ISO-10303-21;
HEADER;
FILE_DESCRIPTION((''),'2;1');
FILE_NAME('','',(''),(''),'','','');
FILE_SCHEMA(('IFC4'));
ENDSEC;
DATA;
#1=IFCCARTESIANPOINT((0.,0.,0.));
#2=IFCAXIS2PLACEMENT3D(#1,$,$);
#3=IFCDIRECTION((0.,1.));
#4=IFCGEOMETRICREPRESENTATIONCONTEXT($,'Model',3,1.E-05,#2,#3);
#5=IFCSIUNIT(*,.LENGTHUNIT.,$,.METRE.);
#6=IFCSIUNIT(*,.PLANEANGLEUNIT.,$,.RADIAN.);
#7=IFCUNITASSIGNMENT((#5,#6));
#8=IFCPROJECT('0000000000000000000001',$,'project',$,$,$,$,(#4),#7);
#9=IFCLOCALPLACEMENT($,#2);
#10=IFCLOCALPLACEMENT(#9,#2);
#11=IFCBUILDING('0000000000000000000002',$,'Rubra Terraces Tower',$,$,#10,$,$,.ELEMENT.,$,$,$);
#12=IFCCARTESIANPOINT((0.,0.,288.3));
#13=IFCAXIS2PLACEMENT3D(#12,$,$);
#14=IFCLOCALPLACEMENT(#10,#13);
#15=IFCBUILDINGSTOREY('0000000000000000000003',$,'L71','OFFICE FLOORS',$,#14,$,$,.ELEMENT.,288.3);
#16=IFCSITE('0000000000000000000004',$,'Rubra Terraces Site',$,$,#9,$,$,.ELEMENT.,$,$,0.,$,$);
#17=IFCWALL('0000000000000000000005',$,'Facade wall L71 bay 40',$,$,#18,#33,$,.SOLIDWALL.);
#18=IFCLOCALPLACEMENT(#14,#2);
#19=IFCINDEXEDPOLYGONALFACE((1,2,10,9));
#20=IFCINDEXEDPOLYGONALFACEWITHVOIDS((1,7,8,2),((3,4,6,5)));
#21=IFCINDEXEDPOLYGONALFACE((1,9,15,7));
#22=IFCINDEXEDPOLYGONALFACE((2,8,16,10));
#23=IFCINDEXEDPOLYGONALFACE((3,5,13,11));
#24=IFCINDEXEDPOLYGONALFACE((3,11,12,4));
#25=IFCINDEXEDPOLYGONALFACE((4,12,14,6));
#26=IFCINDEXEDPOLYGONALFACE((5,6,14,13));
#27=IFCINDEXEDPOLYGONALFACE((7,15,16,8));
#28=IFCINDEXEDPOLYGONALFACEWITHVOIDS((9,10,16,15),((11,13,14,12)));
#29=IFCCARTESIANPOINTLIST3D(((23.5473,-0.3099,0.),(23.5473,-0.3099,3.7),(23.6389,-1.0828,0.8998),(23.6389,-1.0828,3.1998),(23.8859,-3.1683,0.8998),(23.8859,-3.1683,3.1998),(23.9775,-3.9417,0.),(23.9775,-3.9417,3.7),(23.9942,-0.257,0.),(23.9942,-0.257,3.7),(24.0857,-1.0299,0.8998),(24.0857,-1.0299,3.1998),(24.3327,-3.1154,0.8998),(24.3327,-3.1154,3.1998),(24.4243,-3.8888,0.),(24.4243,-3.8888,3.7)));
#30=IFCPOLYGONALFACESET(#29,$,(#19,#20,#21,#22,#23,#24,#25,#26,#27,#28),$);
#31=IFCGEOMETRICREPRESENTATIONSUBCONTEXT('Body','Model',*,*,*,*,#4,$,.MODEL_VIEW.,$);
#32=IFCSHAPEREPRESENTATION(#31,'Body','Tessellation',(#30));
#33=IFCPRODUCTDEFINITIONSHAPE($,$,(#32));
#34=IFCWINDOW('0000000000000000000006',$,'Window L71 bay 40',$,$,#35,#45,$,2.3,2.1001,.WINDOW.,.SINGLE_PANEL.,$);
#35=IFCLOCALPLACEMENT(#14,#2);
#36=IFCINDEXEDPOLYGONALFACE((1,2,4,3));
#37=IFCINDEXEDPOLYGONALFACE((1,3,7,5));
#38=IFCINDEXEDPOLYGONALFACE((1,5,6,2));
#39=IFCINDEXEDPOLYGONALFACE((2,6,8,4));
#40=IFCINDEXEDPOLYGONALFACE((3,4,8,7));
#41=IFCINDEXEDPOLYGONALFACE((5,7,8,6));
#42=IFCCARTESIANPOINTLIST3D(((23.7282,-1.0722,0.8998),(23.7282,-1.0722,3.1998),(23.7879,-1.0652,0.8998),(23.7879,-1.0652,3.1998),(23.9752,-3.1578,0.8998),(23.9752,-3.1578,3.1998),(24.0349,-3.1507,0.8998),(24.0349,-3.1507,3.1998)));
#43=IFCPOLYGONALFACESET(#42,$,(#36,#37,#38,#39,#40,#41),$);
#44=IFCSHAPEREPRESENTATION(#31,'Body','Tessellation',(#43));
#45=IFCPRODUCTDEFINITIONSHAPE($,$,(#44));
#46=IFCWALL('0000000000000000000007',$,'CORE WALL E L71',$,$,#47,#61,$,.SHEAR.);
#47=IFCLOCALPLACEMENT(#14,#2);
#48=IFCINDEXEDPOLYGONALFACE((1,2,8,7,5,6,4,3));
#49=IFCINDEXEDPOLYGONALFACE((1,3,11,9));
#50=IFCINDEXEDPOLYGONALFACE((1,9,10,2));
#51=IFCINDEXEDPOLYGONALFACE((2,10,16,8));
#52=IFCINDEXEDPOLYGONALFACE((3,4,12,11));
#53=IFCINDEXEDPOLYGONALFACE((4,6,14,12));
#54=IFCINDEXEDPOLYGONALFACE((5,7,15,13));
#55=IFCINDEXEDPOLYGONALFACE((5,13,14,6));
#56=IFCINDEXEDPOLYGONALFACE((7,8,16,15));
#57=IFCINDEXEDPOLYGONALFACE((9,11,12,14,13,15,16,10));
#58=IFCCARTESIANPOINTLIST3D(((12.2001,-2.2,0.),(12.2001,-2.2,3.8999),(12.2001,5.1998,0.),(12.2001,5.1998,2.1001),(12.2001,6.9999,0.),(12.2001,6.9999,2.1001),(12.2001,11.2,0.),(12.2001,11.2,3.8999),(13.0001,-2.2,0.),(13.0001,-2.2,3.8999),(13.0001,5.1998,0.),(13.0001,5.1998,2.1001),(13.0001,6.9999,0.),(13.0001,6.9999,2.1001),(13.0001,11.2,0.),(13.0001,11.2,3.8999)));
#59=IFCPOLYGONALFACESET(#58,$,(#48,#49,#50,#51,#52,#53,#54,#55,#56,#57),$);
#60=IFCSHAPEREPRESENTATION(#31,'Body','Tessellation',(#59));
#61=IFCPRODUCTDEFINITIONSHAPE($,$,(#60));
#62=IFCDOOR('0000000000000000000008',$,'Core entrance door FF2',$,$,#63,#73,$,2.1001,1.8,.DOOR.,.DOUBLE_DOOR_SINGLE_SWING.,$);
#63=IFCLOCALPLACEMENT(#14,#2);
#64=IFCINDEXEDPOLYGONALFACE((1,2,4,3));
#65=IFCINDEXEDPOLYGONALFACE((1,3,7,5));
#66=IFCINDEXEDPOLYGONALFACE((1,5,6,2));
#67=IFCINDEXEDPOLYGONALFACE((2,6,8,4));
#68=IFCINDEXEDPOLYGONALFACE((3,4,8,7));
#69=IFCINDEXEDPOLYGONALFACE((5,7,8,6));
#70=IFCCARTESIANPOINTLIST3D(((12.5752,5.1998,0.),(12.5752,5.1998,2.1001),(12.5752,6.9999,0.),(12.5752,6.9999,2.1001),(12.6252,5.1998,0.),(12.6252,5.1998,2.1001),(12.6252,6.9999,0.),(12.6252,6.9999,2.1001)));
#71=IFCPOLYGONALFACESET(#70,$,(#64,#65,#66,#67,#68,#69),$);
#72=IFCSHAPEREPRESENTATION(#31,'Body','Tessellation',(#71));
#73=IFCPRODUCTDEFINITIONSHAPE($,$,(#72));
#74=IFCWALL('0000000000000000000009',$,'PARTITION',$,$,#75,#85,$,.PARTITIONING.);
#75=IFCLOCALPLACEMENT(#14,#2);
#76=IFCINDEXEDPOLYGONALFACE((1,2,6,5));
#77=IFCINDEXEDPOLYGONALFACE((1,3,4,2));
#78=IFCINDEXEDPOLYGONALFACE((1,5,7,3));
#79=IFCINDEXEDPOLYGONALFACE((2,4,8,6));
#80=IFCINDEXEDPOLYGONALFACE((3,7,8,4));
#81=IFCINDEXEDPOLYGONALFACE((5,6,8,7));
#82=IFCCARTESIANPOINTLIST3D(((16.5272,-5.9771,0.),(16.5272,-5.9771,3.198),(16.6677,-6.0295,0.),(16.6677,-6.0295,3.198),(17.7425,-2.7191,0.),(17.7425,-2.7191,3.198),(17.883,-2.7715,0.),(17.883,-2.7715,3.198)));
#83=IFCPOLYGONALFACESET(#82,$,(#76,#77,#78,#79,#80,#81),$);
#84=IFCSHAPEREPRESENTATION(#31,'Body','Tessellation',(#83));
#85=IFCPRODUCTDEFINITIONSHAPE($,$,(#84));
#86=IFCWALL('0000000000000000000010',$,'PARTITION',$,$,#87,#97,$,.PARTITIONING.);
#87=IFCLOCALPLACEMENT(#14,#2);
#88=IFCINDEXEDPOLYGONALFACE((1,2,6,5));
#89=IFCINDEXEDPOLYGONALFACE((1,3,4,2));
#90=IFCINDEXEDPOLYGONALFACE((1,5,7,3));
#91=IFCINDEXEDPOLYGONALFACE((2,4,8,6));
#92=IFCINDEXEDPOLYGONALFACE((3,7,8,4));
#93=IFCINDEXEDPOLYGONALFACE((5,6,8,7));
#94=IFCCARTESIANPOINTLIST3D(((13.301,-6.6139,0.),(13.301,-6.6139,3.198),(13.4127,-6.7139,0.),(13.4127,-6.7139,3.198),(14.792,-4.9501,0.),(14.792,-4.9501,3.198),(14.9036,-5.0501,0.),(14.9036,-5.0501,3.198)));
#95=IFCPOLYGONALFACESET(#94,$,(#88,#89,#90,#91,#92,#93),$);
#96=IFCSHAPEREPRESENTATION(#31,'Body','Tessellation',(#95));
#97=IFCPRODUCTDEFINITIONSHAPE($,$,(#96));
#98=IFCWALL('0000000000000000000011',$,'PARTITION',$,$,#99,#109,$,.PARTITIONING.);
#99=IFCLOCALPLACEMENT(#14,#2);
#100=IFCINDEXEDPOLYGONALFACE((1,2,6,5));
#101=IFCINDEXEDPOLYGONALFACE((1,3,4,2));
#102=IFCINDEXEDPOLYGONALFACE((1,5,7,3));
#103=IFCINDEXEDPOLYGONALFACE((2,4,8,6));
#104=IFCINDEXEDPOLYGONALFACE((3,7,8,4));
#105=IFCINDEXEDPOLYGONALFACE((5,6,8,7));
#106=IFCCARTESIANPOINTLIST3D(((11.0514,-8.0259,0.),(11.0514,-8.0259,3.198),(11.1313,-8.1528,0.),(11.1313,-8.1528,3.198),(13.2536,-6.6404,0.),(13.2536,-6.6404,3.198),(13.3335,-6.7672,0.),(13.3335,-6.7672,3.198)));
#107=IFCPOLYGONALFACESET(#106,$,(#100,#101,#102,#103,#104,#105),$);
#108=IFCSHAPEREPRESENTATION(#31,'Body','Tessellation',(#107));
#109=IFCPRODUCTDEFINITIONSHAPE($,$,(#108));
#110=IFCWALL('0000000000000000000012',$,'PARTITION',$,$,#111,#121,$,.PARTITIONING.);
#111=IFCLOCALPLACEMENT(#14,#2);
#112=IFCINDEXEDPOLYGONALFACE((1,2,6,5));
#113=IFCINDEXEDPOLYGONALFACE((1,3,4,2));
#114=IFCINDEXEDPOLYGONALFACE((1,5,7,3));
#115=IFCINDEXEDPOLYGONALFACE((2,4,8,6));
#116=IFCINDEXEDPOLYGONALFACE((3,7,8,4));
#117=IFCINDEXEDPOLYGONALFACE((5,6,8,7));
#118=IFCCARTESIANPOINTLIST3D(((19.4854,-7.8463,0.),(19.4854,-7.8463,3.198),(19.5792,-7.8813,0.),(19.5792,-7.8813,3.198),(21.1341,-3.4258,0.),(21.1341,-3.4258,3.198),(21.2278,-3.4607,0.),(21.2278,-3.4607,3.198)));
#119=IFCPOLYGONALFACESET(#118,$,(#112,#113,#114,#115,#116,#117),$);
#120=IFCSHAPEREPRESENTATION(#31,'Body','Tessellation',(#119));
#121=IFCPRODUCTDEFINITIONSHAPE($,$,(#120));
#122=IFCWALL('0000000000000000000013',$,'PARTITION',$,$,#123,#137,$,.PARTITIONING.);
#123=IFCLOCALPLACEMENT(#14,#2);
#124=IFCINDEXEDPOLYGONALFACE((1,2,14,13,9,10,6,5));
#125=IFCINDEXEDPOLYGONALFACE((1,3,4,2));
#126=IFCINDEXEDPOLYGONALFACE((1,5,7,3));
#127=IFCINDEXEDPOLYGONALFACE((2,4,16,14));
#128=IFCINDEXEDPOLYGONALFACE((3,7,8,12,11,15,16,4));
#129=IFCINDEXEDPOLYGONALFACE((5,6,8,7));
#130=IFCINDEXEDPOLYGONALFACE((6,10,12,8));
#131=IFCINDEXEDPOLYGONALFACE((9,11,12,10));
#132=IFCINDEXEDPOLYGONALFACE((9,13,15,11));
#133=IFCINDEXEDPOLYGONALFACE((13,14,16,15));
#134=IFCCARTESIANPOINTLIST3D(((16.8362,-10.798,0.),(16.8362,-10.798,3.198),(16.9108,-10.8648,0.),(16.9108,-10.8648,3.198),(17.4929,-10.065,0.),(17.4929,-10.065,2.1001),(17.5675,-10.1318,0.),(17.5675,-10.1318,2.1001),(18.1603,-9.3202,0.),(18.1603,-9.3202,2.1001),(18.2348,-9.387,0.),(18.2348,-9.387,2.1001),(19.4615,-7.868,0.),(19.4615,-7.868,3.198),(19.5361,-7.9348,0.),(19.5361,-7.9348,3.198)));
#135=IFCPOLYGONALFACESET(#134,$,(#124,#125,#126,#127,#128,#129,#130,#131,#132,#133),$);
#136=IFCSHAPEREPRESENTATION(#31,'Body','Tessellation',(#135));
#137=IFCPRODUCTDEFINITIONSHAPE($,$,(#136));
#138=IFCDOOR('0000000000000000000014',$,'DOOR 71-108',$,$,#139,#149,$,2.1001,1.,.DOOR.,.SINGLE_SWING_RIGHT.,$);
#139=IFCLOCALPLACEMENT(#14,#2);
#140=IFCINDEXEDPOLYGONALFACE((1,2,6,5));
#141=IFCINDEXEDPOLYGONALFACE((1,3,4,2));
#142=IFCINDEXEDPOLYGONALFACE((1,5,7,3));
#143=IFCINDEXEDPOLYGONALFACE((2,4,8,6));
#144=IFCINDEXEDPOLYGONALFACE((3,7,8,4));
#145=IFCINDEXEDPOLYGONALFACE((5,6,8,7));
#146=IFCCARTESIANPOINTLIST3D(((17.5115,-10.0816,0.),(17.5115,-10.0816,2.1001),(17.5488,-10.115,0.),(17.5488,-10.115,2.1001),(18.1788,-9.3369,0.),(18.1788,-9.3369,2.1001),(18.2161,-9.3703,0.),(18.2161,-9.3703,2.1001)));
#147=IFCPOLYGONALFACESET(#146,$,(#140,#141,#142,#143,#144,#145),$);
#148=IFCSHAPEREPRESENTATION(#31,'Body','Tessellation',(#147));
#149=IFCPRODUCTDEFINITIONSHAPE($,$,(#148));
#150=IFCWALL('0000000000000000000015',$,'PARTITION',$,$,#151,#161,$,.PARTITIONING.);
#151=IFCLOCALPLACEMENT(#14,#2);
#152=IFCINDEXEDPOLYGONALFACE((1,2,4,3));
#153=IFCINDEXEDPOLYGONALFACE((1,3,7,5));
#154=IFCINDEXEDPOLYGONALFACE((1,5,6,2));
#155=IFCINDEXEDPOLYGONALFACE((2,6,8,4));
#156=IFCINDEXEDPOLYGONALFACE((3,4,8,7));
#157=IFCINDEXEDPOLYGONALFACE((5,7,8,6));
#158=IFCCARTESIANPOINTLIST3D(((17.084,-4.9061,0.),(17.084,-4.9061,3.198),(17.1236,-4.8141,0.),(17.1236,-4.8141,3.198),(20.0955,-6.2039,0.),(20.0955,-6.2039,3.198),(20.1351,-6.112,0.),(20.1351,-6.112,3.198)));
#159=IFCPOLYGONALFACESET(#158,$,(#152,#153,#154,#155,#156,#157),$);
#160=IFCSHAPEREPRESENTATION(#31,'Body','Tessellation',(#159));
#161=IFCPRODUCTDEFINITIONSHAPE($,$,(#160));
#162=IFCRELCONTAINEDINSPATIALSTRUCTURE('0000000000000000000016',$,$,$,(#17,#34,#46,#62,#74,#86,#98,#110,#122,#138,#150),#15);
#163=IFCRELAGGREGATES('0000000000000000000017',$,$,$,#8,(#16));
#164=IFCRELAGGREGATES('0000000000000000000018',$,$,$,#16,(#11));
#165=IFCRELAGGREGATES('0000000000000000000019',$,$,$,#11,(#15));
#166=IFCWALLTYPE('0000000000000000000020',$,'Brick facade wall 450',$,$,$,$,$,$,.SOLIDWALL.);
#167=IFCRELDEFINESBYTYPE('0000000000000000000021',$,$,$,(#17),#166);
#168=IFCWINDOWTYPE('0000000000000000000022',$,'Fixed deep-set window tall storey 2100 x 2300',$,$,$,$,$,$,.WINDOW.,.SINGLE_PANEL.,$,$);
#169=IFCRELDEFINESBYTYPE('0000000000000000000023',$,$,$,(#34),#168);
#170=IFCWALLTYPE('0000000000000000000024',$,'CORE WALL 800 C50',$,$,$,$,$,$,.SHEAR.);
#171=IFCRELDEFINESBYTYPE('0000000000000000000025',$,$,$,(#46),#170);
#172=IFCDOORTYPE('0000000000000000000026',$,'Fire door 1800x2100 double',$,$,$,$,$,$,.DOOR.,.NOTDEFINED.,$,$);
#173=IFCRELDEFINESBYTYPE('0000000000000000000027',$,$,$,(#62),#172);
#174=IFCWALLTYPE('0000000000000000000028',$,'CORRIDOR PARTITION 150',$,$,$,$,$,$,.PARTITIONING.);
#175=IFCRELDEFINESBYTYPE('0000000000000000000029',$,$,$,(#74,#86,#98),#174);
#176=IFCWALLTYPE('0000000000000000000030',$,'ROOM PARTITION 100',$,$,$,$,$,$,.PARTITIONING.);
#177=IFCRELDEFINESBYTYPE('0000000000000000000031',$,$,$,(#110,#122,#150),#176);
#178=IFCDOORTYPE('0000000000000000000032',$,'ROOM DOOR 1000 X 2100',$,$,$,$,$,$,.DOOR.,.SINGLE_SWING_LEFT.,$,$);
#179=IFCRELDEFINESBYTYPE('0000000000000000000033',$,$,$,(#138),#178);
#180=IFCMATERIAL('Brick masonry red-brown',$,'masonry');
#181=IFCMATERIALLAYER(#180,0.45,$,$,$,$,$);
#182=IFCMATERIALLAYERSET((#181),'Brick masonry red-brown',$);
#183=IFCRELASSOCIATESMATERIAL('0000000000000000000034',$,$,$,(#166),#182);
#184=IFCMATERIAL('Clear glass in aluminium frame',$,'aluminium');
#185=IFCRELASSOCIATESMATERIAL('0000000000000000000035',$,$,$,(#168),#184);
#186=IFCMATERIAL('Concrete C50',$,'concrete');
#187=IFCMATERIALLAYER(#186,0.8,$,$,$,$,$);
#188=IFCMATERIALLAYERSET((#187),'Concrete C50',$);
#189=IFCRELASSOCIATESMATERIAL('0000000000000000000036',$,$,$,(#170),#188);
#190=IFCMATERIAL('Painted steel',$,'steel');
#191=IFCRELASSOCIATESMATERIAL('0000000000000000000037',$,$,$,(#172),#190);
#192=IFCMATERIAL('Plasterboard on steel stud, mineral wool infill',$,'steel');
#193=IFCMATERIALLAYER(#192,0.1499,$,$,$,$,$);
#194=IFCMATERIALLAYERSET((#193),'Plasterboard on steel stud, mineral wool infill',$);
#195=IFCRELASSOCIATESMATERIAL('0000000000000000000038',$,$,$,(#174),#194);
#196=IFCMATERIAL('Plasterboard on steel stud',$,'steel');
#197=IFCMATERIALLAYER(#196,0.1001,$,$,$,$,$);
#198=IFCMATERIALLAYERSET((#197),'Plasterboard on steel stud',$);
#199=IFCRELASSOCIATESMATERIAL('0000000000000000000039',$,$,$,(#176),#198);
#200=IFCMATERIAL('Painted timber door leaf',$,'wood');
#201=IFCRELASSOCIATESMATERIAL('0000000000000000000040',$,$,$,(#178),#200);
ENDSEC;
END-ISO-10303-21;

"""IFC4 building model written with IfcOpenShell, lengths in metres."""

from ifc_helpers import new_model, si_unit, direction, frame, frame_2d, origin, place, context, subcontext, project, spatial, rectangle, extrude, material, layer, layer_set, type_object, element, fill, save


model = new_model("IFC4")

# Units and contexts
model_context = context("Model", 3, precision=1e-05, world=origin(), true_north=direction((0.0, 1.0)))
body_context = subcontext(model_context, "Body", "Model", "MODEL_VIEW")
ifc_project = project(units=[si_unit("LENGTHUNIT", "METRE"), si_unit("PLANEANGLEUNIT", "RADIAN")], contexts=[model_context])

# Site, building, storey
site_placement = place(None, origin())
site = spatial("IfcSite", under=ifc_project, at=site_placement, Name="Rubra Terraces Site", CompositionType="ELEMENT", RefElevation=0.0)
building_placement = place(site_placement, origin())
building = spatial("IfcBuilding", under=site, at=building_placement, Name="Rubra Terraces Tower", CompositionType="ELEMENT")
storey_placement = place(building_placement, frame((0.0, 0.0, 288.3)))
storey = spatial("IfcBuildingStorey", under=building, at=storey_placement, Name="L71", Description="OFFICE FLOORS", CompositionType="ELEMENT", Elevation=288.3)

# Shared definitions
ifc_material_1 = material(Name="Concrete C50", Category="concrete")

# Wall, opening, window
ifc_material_2 = material(Name="Brick masonry red-brown", Category="masonry")
ifc_layer_1 = layer(ifc_material_2, 0.45)
ifc_layer_set_1 = layer_set([ifc_layer_1], Name="Brick masonry red-brown")
wall_type_1 = type_object("IfcWallType", Name="Brick facade wall 450", PredefinedType="SOLIDWALL", material=ifc_layer_set_1)
ifc_material_3 = material(Name="Clear glass in aluminium frame", Category="aluminium")
window_type = type_object("IfcWindowType", Name="Fixed deep-set window tall storey 2100 x 2300", PartitioningType="SINGLE_PANEL", PredefinedType="WINDOW", material=ifc_material_3)
wall_1_placement = place(storey_placement, frame((24.2009, -3.9153, 0.0), z_axis=(0.0, 0.0, 1.0), x_axis=(-0.117624, 0.993058, 0.0)))
wall_1 = element("IfcWall", 1, at=wall_1_placement, inside=storey, type_object=wall_type_1, Name="Facade wall L71 bay 40", PredefinedType="SOLIDWALL", context=body_context, shape_type="SweptSolid", body=[
    extrude(rectangle(XDim=3.6572, YDim=0.45, at=frame_2d((1.8286, 0.0))), origin(), (0.0, 0.0, 1.0), 3.7),
])
opening_1_placement = place(wall_1_placement, frame((0.7788, 0.0, 0.8999)))
opening_1 = element("IfcOpeningElement", 2, at=opening_1_placement, cuts=wall_1, PredefinedType="OPENING", context=body_context, shape_type="SweptSolid", body=[
    extrude(rectangle(XDim=2.1001, YDim=2.3, at=frame_2d((1.05, 1.1499))), frame((0.0, 0.2349, 0.0), z_axis=(0.0, -1.0, 0.0), x_axis=(1.0, 0.0, 0.0)), (0.0, 0.0, 1.0), 0.47),
])
window_1_placement = place(opening_1_placement, origin())
window_1 = element("IfcWindow", 3, at=window_1_placement, inside=storey, type_object=window_type, Name="Window L71 bay 40", OverallHeight=2.3, OverallWidth=2.1001, PartitioningType="SINGLE_PANEL", PredefinedType="WINDOW", context=body_context, shape_type="SweptSolid", body=[
    extrude(rectangle(XDim=2.1001, YDim=2.3, at=frame_2d((1.05, 1.1499))), frame((0.0, 0.135, 0.0), z_axis=(0.0, -1.0, 0.0), x_axis=(1.0, 0.0, 0.0)), (0.0, 0.0, 1.0), 0.0601),
])
fill(opening_1, window_1)

# Wall, opening, door
ifc_layer_2 = layer(ifc_material_1, 0.8)
ifc_layer_set_2 = layer_set([ifc_layer_2], Name="Concrete C50")
wall_type_2 = type_object("IfcWallType", Name="CORE WALL 800 C50", PredefinedType="SHEAR", material=ifc_layer_set_2)
wall_2_placement = place(storey_placement, frame((12.6001, -2.2, 0.0), z_axis=(0.0, 0.0, 1.0), x_axis=(0.0, 1.0, 0.0)))
wall_2 = element("IfcWall", 4, at=wall_2_placement, inside=storey, type_object=wall_type_2, Name="CORE WALL E L71", PredefinedType="SHEAR", context=body_context, shape_type="SweptSolid", body=[
    extrude(rectangle(XDim=13.3999, YDim=0.8, at=frame_2d((6.7, 0.0))), origin(), (0.0, 0.0, 1.0), 3.8999),
])
opening_2_placement = place(wall_2_placement, frame((7.3999, 0.0, 0.0)))
opening_2 = element("IfcOpeningElement", 5, at=opening_2_placement, cuts=wall_2, PredefinedType="OPENING", context=body_context, shape_type="SweptSolid", body=[
    extrude(rectangle(XDim=1.8, YDim=2.1001, at=frame_2d((0.8999, 1.05))), frame((0.0, 0.4099, 0.0), z_axis=(0.0, -1.0, 0.0), x_axis=(1.0, 0.0, 0.0)), (0.0, 0.0, 1.0), 0.8201),
])
ifc_material_4 = material(Name="Painted steel", Category="steel")
door_type_1 = type_object("IfcDoorType", Name="Fire door 1800x2100 double", OperationType="NOTDEFINED", PredefinedType="DOOR", material=ifc_material_4)
door_1_placement = place(opening_2_placement, origin())
door_1 = element("IfcDoor", 6, at=door_1_placement, inside=storey, type_object=door_type_1, Name="Core entrance door FF2", OperationType="DOUBLE_DOOR_SINGLE_SWING", OverallHeight=2.1001, OverallWidth=1.8, PredefinedType="DOOR", context=body_context, shape_type="SweptSolid", body=[
    extrude(rectangle(XDim=1.8, YDim=2.1001, at=frame_2d((0.8999, 1.05))), frame((0.0, 0.0249, 0.0), z_axis=(0.0, -1.0, 0.0), x_axis=(1.0, 0.0, 0.0)), (0.0, 0.0, 1.0), 0.05),
])
fill(opening_2, door_1)

# Wall
ifc_material_5 = material(Name="Plasterboard on steel stud, mineral wool infill", Category="steel")
ifc_layer_3 = layer(ifc_material_5, 0.1499)
ifc_layer_set_3 = layer_set([ifc_layer_3], Name="Plasterboard on steel stud, mineral wool infill")
wall_type_3 = type_object("IfcWallType", Name="CORRIDOR PARTITION 150", PredefinedType="PARTITIONING", material=ifc_layer_set_3)
wall_3_placement = place(storey_placement, frame((16.5974, -6.0034, 0.0), z_axis=(0.0, 0.0, 1.0), x_axis=(0.349499, 0.936937, 0.0)))
element("IfcWall", 7, at=wall_3_placement, inside=storey, type_object=wall_type_3, Name="PARTITION", PredefinedType="PARTITIONING", context=body_context, shape_type="SweptSolid", body=[
    extrude(rectangle(XDim=3.4773, YDim=0.1499, at=frame_2d((1.7388, 0.0))), origin(), (0.0, 0.0, 1.0), 3.198),
])

# Walls
wall_4_placement = place(storey_placement, frame((14.8479, -5.0, 0.0), z_axis=(0.0, 0.0, 1.0), x_axis=(-0.667363, -0.744732, 0.0)))
element("IfcWall", 8, at=wall_4_placement, inside=storey, type_object=wall_type_3, Name="PARTITION", PredefinedType="PARTITIONING", context=body_context, shape_type="SweptSolid", body=[
    extrude(rectangle(XDim=2.2341, YDim=0.1499, at=frame_2d((1.1172, 0.0))), origin(), (0.0, 0.0, 1.0), 3.198),
])
wall_5_placement = place(storey_placement, frame((13.2935, -6.7039, 0.0), z_axis=(0.0, 0.0, 1.0), x_axis=(-0.846413, -0.532527, 0.0)))
element("IfcWall", 9, at=wall_5_placement, inside=storey, type_object=wall_type_3, Name="PARTITION", PredefinedType="PARTITIONING", context=body_context, shape_type="SweptSolid", body=[
    extrude(rectangle(XDim=2.6018, YDim=0.1499, at=frame_2d((1.3008, 0.0))), origin(), (0.0, 0.0, 1.0), 3.198),
])
ifc_material_6 = material(Name="Plasterboard on steel stud", Category="steel")
ifc_layer_4 = layer(ifc_material_6, 0.1001)
ifc_layer_set_4 = layer_set([ifc_layer_4], Name="Plasterboard on steel stud")
wall_type_4 = type_object("IfcWallType", Name="ROOM PARTITION 100", PredefinedType="PARTITIONING", material=ifc_layer_set_4)
wall_6_placement = place(storey_placement, frame((21.1809, -3.4434, 0.0), z_axis=(0.0, 0.0, 1.0), x_axis=(-0.349439, -0.936959, 0.0)))
element("IfcWall", 10, at=wall_6_placement, inside=storey, type_object=wall_type_4, Name="PARTITION", PredefinedType="PARTITIONING", context=body_context, shape_type="SweptSolid", body=[
    extrude(rectangle(XDim=4.718, YDim=0.1001, at=frame_2d((2.3589, 0.0))), origin(), (0.0, 0.0, 1.0), 3.198),
])

# Wall, opening, door
wall_7_placement = place(storey_placement, frame((19.4988, -7.9014, 0.0), z_axis=(0.0, 0.0, 1.0), x_axis=(-0.667321, -0.74477, 0.0)))
wall_7 = element("IfcWall", 11, at=wall_7_placement, inside=storey, type_object=wall_type_4, Name="PARTITION", PredefinedType="PARTITIONING", context=body_context, shape_type="SweptSolid", body=[
    extrude(rectangle(XDim=3.9341, YDim=0.1001, at=frame_2d((1.967, 0.0))), origin(), (0.0, 0.0, 1.0), 3.198),
])
opening_3_placement = place(wall_7_placement, frame((1.95, 0.0, 0.0)))
opening_3 = element("IfcOpeningElement", 12, at=opening_3_placement, cuts=wall_7, PredefinedType="OPENING", context=body_context, shape_type="SweptSolid", body=[
    extrude(rectangle(XDim=1.0, YDim=2.1001, at=frame_2d((0.5, 1.05))), frame((0.0, 0.0601, 0.0), z_axis=(0.0, -1.0, 0.0), x_axis=(1.0, 0.0, 0.0)), (0.0, 0.0, 1.0), 0.1201),
])
ifc_material_7 = material(Name="Painted timber door leaf", Category="wood")
door_type_2 = type_object("IfcDoorType", Name="ROOM DOOR 1000 X 2100", OperationType="SINGLE_SWING_LEFT", PredefinedType="DOOR", material=ifc_material_7)
door_2_placement = place(opening_3_placement, origin())
door_2 = element("IfcDoor", 13, at=door_2_placement, inside=storey, type_object=door_type_2, Name="DOOR 71-108", OperationType="SINGLE_SWING_RIGHT", OverallHeight=2.1001, OverallWidth=1.0, PredefinedType="DOOR", context=body_context, shape_type="SweptSolid", body=[
    extrude(rectangle(XDim=1.0, YDim=2.1001, at=frame_2d((0.5, 1.05))), frame((0.0, 0.0249, 0.0), z_axis=(0.0, -1.0, 0.0), x_axis=(1.0, 0.0, 0.0)), (0.0, 0.0, 1.0), 0.05),
])
fill(opening_3, door_2)

# Wall
wall_8_placement = place(storey_placement, frame((17.1038, -4.8601, 0.0), z_axis=(0.0, 0.0, 1.0), x_axis=(0.918346, -0.395778, 0.0)))
element("IfcWall", 14, at=wall_8_placement, inside=storey, type_object=wall_type_4, Name="PARTITION", PredefinedType="PARTITIONING", context=body_context, shape_type="SweptSolid", body=[
    extrude(rectangle(XDim=3.2793, YDim=0.1001, at=frame_2d((1.6396, 0.0))), origin(), (0.0, 0.0, 1.0), 3.198),
])

save(model, "model.ifc")
